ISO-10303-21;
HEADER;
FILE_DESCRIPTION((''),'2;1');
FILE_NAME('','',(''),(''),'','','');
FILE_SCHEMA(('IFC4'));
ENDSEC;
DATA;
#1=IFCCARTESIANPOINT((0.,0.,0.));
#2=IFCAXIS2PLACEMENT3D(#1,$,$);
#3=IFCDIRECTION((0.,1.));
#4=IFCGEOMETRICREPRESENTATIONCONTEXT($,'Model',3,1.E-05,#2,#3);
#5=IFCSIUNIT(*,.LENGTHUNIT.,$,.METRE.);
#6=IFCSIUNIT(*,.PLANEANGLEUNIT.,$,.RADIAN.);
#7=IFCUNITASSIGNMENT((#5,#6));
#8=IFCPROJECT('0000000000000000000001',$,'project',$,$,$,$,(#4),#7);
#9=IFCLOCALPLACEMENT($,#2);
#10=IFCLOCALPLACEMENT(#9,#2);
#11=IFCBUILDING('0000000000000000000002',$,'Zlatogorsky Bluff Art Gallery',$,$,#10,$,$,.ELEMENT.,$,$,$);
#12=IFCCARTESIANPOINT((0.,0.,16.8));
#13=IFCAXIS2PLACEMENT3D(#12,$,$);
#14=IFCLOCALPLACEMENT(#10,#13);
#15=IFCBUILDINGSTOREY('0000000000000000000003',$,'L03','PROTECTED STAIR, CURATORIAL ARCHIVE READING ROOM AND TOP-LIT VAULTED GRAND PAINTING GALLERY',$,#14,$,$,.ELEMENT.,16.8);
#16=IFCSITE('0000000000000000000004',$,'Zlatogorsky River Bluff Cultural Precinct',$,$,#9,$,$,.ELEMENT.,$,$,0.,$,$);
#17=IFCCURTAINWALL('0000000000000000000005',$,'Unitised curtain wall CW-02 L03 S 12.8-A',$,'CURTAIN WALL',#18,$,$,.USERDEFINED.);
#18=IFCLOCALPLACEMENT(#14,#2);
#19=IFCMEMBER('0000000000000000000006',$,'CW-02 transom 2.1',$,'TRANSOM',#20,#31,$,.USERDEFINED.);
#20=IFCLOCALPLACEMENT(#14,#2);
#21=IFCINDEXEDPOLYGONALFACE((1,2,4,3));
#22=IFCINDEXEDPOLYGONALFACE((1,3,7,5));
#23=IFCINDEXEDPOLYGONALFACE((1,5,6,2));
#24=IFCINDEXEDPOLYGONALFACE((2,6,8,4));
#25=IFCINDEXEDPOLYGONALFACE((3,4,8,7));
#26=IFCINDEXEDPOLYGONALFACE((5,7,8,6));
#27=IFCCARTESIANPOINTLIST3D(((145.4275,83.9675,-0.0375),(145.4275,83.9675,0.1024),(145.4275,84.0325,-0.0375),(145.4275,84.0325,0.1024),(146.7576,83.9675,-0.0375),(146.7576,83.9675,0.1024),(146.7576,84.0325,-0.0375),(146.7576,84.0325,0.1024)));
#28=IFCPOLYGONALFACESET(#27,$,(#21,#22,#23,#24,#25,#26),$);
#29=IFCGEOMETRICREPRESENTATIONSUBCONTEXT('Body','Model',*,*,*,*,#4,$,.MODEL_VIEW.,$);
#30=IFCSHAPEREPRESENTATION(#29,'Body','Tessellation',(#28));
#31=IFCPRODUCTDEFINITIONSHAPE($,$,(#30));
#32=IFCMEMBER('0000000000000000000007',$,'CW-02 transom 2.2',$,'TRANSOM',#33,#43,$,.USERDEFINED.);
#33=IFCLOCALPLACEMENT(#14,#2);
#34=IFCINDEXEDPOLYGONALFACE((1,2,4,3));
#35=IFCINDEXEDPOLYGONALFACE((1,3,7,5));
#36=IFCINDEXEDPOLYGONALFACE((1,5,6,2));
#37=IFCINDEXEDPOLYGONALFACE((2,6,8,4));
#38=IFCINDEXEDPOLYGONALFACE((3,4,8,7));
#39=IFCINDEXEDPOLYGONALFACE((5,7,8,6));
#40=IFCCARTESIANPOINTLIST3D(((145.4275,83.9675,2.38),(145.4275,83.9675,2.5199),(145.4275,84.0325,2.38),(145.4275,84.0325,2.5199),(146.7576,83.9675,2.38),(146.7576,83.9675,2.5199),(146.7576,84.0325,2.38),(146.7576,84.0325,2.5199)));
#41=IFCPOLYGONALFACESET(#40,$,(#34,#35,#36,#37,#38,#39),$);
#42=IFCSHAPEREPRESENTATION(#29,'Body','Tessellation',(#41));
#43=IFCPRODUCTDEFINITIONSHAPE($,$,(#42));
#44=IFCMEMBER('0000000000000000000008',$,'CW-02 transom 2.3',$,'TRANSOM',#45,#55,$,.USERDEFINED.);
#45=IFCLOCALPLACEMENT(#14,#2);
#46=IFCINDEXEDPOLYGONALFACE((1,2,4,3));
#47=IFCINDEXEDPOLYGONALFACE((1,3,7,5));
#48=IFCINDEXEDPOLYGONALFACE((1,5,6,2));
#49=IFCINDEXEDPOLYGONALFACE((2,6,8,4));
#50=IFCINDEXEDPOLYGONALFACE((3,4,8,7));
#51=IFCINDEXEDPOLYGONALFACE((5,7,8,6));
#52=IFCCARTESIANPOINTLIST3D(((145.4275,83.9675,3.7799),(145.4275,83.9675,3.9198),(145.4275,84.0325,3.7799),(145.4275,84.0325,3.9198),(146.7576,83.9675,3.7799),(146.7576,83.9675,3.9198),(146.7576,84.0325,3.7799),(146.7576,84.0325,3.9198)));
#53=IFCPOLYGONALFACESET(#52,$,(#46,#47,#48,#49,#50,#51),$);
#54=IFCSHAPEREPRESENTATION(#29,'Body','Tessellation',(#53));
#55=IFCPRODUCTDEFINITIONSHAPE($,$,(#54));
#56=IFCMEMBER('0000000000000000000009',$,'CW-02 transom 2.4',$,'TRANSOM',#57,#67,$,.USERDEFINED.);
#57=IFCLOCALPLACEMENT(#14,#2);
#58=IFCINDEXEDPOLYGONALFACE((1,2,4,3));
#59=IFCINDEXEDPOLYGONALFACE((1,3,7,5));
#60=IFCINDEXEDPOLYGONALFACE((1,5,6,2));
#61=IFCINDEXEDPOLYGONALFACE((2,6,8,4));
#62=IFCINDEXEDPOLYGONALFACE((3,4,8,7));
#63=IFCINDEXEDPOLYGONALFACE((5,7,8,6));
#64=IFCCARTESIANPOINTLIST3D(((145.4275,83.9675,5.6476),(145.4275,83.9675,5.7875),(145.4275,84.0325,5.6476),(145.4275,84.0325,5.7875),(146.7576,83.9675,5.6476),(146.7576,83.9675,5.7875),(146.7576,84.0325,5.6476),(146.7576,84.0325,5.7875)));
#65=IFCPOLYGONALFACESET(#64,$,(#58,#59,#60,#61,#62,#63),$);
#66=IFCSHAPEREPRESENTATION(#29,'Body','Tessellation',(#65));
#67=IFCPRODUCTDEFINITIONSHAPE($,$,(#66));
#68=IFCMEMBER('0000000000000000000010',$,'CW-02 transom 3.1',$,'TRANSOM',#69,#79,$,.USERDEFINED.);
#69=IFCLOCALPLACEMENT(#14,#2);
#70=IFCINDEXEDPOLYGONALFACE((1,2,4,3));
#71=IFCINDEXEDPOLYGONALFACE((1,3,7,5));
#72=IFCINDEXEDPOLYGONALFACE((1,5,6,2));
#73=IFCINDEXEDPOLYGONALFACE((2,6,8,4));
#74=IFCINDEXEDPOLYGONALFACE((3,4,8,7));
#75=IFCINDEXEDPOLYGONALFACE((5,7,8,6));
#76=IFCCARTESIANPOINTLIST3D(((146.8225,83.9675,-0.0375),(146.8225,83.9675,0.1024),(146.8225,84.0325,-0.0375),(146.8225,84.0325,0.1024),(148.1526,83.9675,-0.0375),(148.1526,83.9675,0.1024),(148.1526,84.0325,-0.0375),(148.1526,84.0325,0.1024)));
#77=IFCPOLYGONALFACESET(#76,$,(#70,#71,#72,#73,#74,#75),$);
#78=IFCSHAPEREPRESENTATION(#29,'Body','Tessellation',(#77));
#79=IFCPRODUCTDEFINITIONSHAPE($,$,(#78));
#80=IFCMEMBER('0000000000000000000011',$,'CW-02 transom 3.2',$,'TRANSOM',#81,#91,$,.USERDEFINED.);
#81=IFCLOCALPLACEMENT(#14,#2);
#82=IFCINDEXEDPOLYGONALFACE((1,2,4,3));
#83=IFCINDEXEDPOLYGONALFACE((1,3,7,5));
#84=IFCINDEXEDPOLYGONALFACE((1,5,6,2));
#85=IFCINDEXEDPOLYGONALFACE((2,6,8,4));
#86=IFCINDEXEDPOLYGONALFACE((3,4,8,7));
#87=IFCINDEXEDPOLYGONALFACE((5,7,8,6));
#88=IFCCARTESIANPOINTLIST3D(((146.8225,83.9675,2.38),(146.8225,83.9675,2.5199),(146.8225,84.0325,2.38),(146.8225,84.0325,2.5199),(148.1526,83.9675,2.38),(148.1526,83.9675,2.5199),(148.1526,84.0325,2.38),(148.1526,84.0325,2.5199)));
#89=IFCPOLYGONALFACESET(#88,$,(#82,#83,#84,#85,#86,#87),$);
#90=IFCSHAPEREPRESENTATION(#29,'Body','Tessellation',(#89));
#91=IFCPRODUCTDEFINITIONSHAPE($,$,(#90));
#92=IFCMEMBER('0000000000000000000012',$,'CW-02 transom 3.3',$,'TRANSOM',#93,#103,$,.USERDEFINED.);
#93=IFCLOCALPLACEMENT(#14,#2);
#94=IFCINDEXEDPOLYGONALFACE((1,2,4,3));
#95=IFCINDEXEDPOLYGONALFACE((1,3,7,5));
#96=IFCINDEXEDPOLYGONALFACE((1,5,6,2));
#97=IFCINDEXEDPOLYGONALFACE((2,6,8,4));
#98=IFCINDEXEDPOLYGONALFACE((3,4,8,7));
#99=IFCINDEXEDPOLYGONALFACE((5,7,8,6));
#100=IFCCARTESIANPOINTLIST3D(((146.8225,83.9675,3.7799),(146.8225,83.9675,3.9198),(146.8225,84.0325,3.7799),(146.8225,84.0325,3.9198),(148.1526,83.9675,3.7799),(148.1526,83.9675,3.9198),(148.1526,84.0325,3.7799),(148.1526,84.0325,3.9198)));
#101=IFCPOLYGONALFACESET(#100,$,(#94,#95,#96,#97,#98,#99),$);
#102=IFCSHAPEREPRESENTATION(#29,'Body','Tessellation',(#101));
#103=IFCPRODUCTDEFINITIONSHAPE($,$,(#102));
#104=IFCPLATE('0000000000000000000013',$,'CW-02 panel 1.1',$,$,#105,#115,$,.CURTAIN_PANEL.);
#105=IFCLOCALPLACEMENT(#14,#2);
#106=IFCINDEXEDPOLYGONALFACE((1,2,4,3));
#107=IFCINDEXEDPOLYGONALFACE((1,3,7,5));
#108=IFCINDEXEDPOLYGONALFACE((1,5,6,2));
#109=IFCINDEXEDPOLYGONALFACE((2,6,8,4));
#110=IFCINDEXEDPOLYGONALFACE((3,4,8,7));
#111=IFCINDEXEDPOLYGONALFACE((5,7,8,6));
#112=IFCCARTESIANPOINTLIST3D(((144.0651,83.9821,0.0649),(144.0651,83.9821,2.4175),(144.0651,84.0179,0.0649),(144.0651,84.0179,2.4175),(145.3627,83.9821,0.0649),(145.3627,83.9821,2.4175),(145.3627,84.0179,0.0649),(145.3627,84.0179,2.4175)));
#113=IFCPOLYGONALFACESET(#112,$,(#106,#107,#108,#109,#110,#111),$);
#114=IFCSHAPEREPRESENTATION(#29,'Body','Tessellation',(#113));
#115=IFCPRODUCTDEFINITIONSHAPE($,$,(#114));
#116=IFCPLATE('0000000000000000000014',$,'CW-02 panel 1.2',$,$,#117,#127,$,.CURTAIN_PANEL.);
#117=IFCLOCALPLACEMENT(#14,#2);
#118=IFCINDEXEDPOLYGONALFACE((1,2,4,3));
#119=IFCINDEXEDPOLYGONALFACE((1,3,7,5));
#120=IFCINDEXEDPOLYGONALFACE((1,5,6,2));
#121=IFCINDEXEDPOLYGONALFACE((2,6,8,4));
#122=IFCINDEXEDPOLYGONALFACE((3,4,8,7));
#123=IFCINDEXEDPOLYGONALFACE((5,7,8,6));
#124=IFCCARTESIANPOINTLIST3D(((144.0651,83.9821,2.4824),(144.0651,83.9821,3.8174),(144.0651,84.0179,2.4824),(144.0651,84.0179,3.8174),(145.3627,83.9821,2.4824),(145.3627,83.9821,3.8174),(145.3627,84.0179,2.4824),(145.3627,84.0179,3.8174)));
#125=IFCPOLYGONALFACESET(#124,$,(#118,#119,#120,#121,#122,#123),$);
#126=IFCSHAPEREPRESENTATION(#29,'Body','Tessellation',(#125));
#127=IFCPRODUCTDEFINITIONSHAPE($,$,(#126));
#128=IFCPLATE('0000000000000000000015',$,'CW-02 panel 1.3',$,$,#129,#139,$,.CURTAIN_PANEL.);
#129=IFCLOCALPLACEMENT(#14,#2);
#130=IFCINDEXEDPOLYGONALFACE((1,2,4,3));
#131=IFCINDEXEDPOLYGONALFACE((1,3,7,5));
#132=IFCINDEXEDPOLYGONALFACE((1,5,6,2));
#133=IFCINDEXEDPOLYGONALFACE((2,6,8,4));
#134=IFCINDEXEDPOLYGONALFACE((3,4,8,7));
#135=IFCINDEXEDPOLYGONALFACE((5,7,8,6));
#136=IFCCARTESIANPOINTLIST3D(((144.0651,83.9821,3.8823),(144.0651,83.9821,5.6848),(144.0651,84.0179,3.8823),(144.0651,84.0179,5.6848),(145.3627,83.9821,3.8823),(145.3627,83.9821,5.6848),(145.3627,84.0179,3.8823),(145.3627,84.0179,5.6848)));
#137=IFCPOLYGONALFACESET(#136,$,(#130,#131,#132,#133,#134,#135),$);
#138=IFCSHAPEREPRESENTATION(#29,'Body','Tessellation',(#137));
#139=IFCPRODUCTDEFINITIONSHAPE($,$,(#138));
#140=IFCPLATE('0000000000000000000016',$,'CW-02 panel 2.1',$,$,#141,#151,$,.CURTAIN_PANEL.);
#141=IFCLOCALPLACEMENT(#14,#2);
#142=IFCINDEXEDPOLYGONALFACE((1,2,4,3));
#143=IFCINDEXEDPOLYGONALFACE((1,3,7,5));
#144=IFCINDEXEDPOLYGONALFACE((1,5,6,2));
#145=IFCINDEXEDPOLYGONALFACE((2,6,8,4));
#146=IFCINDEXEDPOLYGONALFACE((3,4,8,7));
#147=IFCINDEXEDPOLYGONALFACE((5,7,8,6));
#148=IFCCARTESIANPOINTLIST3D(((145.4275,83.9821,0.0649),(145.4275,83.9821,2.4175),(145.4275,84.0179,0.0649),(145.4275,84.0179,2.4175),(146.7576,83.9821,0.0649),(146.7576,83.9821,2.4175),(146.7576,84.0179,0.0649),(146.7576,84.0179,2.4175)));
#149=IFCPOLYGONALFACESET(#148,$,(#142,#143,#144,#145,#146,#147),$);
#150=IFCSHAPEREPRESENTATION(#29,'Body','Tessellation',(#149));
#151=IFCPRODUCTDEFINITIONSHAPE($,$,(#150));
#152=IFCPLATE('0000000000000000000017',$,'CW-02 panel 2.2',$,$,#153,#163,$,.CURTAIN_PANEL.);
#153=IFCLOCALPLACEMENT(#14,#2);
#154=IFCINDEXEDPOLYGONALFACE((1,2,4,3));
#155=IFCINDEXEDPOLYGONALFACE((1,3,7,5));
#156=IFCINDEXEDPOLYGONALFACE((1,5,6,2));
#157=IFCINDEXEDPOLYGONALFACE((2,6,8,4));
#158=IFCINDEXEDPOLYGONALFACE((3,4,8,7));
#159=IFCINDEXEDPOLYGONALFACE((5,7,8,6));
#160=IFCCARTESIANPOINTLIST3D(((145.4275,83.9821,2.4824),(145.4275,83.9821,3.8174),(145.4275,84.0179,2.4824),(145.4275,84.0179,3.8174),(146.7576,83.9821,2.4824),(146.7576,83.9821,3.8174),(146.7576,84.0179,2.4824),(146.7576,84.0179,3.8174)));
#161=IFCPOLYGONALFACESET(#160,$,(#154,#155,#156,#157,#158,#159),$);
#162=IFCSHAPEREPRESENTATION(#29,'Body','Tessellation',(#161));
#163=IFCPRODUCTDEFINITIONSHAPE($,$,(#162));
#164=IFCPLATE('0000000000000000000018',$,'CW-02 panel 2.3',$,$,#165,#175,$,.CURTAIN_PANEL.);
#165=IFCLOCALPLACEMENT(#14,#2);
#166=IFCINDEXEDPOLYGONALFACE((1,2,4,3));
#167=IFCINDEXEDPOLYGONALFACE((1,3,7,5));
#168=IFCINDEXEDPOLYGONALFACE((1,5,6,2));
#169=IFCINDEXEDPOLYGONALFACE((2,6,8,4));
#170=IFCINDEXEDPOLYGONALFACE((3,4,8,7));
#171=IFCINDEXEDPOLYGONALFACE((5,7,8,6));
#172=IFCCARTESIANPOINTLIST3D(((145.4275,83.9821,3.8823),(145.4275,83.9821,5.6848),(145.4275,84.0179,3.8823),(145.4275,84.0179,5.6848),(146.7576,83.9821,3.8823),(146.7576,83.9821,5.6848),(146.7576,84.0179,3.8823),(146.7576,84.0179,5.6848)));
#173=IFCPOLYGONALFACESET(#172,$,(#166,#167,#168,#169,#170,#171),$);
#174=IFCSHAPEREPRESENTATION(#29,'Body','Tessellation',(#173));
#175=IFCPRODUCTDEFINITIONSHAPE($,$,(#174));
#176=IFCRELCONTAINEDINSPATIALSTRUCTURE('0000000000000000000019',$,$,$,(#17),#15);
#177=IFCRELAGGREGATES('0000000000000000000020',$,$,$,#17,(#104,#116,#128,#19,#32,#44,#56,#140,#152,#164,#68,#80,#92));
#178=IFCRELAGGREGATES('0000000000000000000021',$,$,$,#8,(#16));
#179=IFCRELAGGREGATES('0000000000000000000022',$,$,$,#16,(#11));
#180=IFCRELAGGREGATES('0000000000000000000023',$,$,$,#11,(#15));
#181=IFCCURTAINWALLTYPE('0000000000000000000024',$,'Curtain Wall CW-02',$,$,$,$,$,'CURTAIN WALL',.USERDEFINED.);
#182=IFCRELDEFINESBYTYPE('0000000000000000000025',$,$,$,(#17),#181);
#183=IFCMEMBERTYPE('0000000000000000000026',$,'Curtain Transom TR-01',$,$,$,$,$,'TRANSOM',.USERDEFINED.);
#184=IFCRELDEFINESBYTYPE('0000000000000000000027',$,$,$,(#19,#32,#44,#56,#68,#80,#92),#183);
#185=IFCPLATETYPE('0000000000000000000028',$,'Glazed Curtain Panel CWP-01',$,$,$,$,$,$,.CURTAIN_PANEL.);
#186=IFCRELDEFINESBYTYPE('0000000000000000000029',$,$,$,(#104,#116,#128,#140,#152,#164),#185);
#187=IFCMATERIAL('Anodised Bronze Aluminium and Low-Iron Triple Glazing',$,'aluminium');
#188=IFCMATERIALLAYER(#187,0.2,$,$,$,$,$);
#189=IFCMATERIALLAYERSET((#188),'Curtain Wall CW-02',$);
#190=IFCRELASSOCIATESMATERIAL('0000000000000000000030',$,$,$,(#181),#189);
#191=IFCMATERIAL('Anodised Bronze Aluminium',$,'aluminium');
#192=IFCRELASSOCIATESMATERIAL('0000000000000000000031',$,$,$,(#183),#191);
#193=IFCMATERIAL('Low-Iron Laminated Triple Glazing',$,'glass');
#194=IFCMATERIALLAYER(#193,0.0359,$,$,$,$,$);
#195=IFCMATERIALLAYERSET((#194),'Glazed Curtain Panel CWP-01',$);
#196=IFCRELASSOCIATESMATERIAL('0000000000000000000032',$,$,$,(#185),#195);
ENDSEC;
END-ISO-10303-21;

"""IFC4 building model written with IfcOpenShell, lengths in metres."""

from ifc_helpers import new_model, si_unit, direction, frame, origin, origin_2d, place, context, subcontext, project, spatial, rectangle, extrude, material, layer, layer_set, material_profile, profile_set, type_object, element, aggregate, save


model = new_model("IFC4")

# Units and contexts
model_context = context("Model", 3, precision=1e-05, world=origin(), true_north=direction((0.0, 1.0)))
body_context = subcontext(model_context, "Body", "Model", "MODEL_VIEW")
ifc_project = project(units=[si_unit("LENGTHUNIT", "METRE"), si_unit("PLANEANGLEUNIT", "RADIAN")], contexts=[model_context])

# Site, building, storey
site_placement = place(None, origin())
site = spatial("IfcSite", under=ifc_project, at=site_placement, Name="Zlatogorsky River Bluff Cultural Precinct", CompositionType="ELEMENT", RefElevation=0.0)
building_placement = place(site_placement, origin())
building = spatial("IfcBuilding", under=site, at=building_placement, Name="Zlatogorsky Bluff Art Gallery", CompositionType="ELEMENT")
storey_placement = place(building_placement, frame((0.0, 0.0, 16.8)))
storey = spatial("IfcBuildingStorey", under=building, at=storey_placement, Name="L03", Description="PROTECTED STAIR, CURATORIAL ARCHIVE READING ROOM AND TOP-LIT VAULTED GRAND PAINTING GALLERY", CompositionType="ELEMENT", Elevation=16.8)

# Curtain wall, members, plates
ifc_material_1 = material(Name="Anodised Bronze Aluminium and Low-Iron Triple Glazing", Category="aluminium")
ifc_layer_1 = layer(ifc_material_1, 0.2)
ifc_layer_set_1 = layer_set([ifc_layer_1], Name="Curtain Wall CW-02")
curtain_wall_type = type_object("IfcCurtainWallType", Name="Curtain Wall CW-02", ElementType="CURTAIN WALL", PredefinedType="USERDEFINED", material=ifc_layer_set_1)
curtain_wall_placement = place(storey_placement, origin())
curtain_wall = element("IfcCurtainWall", 1, at=curtain_wall_placement, inside=storey, type_object=curtain_wall_type, Name="Unitised curtain wall CW-02 L03 S 12.8-A", ObjectType="CURTAIN WALL", PredefinedType="USERDEFINED")
ifc_material_2 = material(Name="Anodised Bronze Aluminium", Category="aluminium")
ifc_material_profile_1 = material_profile(ifc_material_2, rectangle(XDim=0.0649, YDim=0.1399, at=origin_2d()), Name="ALU TRANSOM 65x140")
ifc_profile_set_1 = profile_set([ifc_material_profile_1], Name="Anodised Bronze Aluminium")
member_type_1 = type_object("IfcMemberType", Name="Curtain Transom TR-01", ElementType="TRANSOM", PredefinedType="USERDEFINED", material=ifc_profile_set_1)
member_1_placement = place(storey_placement, frame((145.4275, 84.0, 0.0325), z_axis=(1.0, 0.0, 0.0), x_axis=(0.0, 1.0, 0.0)))
member_1 = element("IfcMember", 2, at=member_1_placement, type_object=member_type_1, Name="CW-02 transom 2.1", ObjectType="TRANSOM", PredefinedType="USERDEFINED", context=body_context, shape_type="SweptSolid", body=[
    extrude(rectangle(XDim=0.0649, YDim=0.1399, at=origin_2d()), origin(), (0.0, 0.0, 1.0), 1.3301),
])
member_2_placement = place(storey_placement, frame((145.4275, 84.0, 2.45), z_axis=(1.0, 0.0, 0.0), x_axis=(0.0, 1.0, 0.0)))
member_2 = element("IfcMember", 3, at=member_2_placement, type_object=member_type_1, Name="CW-02 transom 2.2", ObjectType="TRANSOM", PredefinedType="USERDEFINED", context=body_context, shape_type="SweptSolid", body=[
    extrude(rectangle(XDim=0.0649, YDim=0.1399, at=origin_2d()), origin(), (0.0, 0.0, 1.0), 1.3301),
])
member_3_placement = place(storey_placement, frame((145.4275, 84.0, 3.8499), z_axis=(1.0, 0.0, 0.0), x_axis=(0.0, 1.0, 0.0)))
member_3 = element("IfcMember", 4, at=member_3_placement, type_object=member_type_1, Name="CW-02 transom 2.3", ObjectType="TRANSOM", PredefinedType="USERDEFINED", context=body_context, shape_type="SweptSolid", body=[
    extrude(rectangle(XDim=0.0649, YDim=0.1399, at=origin_2d()), origin(), (0.0, 0.0, 1.0), 1.3301),
])
member_4_placement = place(storey_placement, frame((145.4275, 84.0, 5.7175), z_axis=(1.0, 0.0, 0.0), x_axis=(0.0, 1.0, 0.0)))
member_4 = element("IfcMember", 5, at=member_4_placement, type_object=member_type_1, Name="CW-02 transom 2.4", ObjectType="TRANSOM", PredefinedType="USERDEFINED", context=body_context, shape_type="SweptSolid", body=[
    extrude(rectangle(XDim=0.0649, YDim=0.1399, at=origin_2d()), origin(), (0.0, 0.0, 1.0), 1.3301),
])
member_5_placement = place(storey_placement, frame((146.8225, 84.0, 0.0325), z_axis=(1.0, 0.0, 0.0), x_axis=(0.0, 1.0, 0.0)))
member_5 = element("IfcMember", 6, at=member_5_placement, type_object=member_type_1, Name="CW-02 transom 3.1", ObjectType="TRANSOM", PredefinedType="USERDEFINED", context=body_context, shape_type="SweptSolid", body=[
    extrude(rectangle(XDim=0.0649, YDim=0.1399, at=origin_2d()), origin(), (0.0, 0.0, 1.0), 1.3301),
])
member_6_placement = place(storey_placement, frame((146.8225, 84.0, 2.45), z_axis=(1.0, 0.0, 0.0), x_axis=(0.0, 1.0, 0.0)))
member_6 = element("IfcMember", 7, at=member_6_placement, type_object=member_type_1, Name="CW-02 transom 3.2", ObjectType="TRANSOM", PredefinedType="USERDEFINED", context=body_context, shape_type="SweptSolid", body=[
    extrude(rectangle(XDim=0.0649, YDim=0.1399, at=origin_2d()), origin(), (0.0, 0.0, 1.0), 1.3301),
])
member_7_placement = place(storey_placement, frame((146.8225, 84.0, 3.8499), z_axis=(1.0, 0.0, 0.0), x_axis=(0.0, 1.0, 0.0)))
member_7 = element("IfcMember", 8, at=member_7_placement, type_object=member_type_1, Name="CW-02 transom 3.3", ObjectType="TRANSOM", PredefinedType="USERDEFINED", context=body_context, shape_type="SweptSolid", body=[
    extrude(rectangle(XDim=0.0649, YDim=0.1399, at=origin_2d()), origin(), (0.0, 0.0, 1.0), 1.3301),
])
ifc_material_3 = material(Name="Low-Iron Laminated Triple Glazing", Category="glass")
ifc_layer_2 = layer(ifc_material_3, 0.0359)
ifc_layer_set_2 = layer_set([ifc_layer_2], Name="Glazed Curtain Panel CWP-01")
plate_type = type_object("IfcPlateType", Name="Glazed Curtain Panel CWP-01", PredefinedType="CURTAIN_PANEL", material=ifc_layer_set_2)
plate_1_placement = place(storey_placement, frame((144.7139, 84.0, 0.0649), z_axis=(0.0, 0.0, 1.0), x_axis=(1.0, 0.0, 0.0)))
plate_1 = element("IfcPlate", 9, at=plate_1_placement, type_object=plate_type, Name="CW-02 panel 1.1", PredefinedType="CURTAIN_PANEL", context=body_context, shape_type="SweptSolid", body=[
    extrude(rectangle(XDim=1.2976, YDim=0.0359, at=origin_2d()), origin(), (0.0, 0.0, 1.0), 2.3525),
])
plate_2_placement = place(storey_placement, frame((144.7139, 84.0, 2.4824), z_axis=(0.0, 0.0, 1.0), x_axis=(1.0, 0.0, 0.0)))
plate_2 = element("IfcPlate", 10, at=plate_2_placement, type_object=plate_type, Name="CW-02 panel 1.2", PredefinedType="CURTAIN_PANEL", context=body_context, shape_type="SweptSolid", body=[
    extrude(rectangle(XDim=1.2976, YDim=0.0359, at=origin_2d()), origin(), (0.0, 0.0, 1.0), 1.335),
])
plate_3_placement = place(storey_placement, frame((144.7139, 84.0, 3.8823), z_axis=(0.0, 0.0, 1.0), x_axis=(1.0, 0.0, 0.0)))
plate_3 = element("IfcPlate", 11, at=plate_3_placement, type_object=plate_type, Name="CW-02 panel 1.3", PredefinedType="CURTAIN_PANEL", context=body_context, shape_type="SweptSolid", body=[
    extrude(rectangle(XDim=1.2976, YDim=0.0359, at=origin_2d()), origin(), (0.0, 0.0, 1.0), 1.8025),
])
plate_4_placement = place(storey_placement, frame((146.0925, 84.0, 0.0649), z_axis=(0.0, 0.0, 1.0), x_axis=(1.0, 0.0, 0.0)))
plate_4 = element("IfcPlate", 12, at=plate_4_placement, type_object=plate_type, Name="CW-02 panel 2.1", PredefinedType="CURTAIN_PANEL", context=body_context, shape_type="SweptSolid", body=[
    extrude(rectangle(XDim=1.3301, YDim=0.0359, at=origin_2d()), origin(), (0.0, 0.0, 1.0), 2.3525),
])
plate_5_placement = place(storey_placement, frame((146.0925, 84.0, 2.4824), z_axis=(0.0, 0.0, 1.0), x_axis=(1.0, 0.0, 0.0)))
plate_5 = element("IfcPlate", 13, at=plate_5_placement, type_object=plate_type, Name="CW-02 panel 2.2", PredefinedType="CURTAIN_PANEL", context=body_context, shape_type="SweptSolid", body=[
    extrude(rectangle(XDim=1.3301, YDim=0.0359, at=origin_2d()), origin(), (0.0, 0.0, 1.0), 1.335),
])
plate_6_placement = place(storey_placement, frame((146.0925, 84.0, 3.8823), z_axis=(0.0, 0.0, 1.0), x_axis=(1.0, 0.0, 0.0)))
plate_6 = element("IfcPlate", 14, at=plate_6_placement, type_object=plate_type, Name="CW-02 panel 2.3", PredefinedType="CURTAIN_PANEL", context=body_context, shape_type="SweptSolid", body=[
    extrude(rectangle(XDim=1.3301, YDim=0.0359, at=origin_2d()), origin(), (0.0, 0.0, 1.0), 1.8025),
])
aggregate(curtain_wall, [plate_1, plate_2, plate_3, member_1, member_2, member_3, member_4, plate_4, plate_5, plate_6, member_5, member_6, member_7])

save(model, "model.ifc")
